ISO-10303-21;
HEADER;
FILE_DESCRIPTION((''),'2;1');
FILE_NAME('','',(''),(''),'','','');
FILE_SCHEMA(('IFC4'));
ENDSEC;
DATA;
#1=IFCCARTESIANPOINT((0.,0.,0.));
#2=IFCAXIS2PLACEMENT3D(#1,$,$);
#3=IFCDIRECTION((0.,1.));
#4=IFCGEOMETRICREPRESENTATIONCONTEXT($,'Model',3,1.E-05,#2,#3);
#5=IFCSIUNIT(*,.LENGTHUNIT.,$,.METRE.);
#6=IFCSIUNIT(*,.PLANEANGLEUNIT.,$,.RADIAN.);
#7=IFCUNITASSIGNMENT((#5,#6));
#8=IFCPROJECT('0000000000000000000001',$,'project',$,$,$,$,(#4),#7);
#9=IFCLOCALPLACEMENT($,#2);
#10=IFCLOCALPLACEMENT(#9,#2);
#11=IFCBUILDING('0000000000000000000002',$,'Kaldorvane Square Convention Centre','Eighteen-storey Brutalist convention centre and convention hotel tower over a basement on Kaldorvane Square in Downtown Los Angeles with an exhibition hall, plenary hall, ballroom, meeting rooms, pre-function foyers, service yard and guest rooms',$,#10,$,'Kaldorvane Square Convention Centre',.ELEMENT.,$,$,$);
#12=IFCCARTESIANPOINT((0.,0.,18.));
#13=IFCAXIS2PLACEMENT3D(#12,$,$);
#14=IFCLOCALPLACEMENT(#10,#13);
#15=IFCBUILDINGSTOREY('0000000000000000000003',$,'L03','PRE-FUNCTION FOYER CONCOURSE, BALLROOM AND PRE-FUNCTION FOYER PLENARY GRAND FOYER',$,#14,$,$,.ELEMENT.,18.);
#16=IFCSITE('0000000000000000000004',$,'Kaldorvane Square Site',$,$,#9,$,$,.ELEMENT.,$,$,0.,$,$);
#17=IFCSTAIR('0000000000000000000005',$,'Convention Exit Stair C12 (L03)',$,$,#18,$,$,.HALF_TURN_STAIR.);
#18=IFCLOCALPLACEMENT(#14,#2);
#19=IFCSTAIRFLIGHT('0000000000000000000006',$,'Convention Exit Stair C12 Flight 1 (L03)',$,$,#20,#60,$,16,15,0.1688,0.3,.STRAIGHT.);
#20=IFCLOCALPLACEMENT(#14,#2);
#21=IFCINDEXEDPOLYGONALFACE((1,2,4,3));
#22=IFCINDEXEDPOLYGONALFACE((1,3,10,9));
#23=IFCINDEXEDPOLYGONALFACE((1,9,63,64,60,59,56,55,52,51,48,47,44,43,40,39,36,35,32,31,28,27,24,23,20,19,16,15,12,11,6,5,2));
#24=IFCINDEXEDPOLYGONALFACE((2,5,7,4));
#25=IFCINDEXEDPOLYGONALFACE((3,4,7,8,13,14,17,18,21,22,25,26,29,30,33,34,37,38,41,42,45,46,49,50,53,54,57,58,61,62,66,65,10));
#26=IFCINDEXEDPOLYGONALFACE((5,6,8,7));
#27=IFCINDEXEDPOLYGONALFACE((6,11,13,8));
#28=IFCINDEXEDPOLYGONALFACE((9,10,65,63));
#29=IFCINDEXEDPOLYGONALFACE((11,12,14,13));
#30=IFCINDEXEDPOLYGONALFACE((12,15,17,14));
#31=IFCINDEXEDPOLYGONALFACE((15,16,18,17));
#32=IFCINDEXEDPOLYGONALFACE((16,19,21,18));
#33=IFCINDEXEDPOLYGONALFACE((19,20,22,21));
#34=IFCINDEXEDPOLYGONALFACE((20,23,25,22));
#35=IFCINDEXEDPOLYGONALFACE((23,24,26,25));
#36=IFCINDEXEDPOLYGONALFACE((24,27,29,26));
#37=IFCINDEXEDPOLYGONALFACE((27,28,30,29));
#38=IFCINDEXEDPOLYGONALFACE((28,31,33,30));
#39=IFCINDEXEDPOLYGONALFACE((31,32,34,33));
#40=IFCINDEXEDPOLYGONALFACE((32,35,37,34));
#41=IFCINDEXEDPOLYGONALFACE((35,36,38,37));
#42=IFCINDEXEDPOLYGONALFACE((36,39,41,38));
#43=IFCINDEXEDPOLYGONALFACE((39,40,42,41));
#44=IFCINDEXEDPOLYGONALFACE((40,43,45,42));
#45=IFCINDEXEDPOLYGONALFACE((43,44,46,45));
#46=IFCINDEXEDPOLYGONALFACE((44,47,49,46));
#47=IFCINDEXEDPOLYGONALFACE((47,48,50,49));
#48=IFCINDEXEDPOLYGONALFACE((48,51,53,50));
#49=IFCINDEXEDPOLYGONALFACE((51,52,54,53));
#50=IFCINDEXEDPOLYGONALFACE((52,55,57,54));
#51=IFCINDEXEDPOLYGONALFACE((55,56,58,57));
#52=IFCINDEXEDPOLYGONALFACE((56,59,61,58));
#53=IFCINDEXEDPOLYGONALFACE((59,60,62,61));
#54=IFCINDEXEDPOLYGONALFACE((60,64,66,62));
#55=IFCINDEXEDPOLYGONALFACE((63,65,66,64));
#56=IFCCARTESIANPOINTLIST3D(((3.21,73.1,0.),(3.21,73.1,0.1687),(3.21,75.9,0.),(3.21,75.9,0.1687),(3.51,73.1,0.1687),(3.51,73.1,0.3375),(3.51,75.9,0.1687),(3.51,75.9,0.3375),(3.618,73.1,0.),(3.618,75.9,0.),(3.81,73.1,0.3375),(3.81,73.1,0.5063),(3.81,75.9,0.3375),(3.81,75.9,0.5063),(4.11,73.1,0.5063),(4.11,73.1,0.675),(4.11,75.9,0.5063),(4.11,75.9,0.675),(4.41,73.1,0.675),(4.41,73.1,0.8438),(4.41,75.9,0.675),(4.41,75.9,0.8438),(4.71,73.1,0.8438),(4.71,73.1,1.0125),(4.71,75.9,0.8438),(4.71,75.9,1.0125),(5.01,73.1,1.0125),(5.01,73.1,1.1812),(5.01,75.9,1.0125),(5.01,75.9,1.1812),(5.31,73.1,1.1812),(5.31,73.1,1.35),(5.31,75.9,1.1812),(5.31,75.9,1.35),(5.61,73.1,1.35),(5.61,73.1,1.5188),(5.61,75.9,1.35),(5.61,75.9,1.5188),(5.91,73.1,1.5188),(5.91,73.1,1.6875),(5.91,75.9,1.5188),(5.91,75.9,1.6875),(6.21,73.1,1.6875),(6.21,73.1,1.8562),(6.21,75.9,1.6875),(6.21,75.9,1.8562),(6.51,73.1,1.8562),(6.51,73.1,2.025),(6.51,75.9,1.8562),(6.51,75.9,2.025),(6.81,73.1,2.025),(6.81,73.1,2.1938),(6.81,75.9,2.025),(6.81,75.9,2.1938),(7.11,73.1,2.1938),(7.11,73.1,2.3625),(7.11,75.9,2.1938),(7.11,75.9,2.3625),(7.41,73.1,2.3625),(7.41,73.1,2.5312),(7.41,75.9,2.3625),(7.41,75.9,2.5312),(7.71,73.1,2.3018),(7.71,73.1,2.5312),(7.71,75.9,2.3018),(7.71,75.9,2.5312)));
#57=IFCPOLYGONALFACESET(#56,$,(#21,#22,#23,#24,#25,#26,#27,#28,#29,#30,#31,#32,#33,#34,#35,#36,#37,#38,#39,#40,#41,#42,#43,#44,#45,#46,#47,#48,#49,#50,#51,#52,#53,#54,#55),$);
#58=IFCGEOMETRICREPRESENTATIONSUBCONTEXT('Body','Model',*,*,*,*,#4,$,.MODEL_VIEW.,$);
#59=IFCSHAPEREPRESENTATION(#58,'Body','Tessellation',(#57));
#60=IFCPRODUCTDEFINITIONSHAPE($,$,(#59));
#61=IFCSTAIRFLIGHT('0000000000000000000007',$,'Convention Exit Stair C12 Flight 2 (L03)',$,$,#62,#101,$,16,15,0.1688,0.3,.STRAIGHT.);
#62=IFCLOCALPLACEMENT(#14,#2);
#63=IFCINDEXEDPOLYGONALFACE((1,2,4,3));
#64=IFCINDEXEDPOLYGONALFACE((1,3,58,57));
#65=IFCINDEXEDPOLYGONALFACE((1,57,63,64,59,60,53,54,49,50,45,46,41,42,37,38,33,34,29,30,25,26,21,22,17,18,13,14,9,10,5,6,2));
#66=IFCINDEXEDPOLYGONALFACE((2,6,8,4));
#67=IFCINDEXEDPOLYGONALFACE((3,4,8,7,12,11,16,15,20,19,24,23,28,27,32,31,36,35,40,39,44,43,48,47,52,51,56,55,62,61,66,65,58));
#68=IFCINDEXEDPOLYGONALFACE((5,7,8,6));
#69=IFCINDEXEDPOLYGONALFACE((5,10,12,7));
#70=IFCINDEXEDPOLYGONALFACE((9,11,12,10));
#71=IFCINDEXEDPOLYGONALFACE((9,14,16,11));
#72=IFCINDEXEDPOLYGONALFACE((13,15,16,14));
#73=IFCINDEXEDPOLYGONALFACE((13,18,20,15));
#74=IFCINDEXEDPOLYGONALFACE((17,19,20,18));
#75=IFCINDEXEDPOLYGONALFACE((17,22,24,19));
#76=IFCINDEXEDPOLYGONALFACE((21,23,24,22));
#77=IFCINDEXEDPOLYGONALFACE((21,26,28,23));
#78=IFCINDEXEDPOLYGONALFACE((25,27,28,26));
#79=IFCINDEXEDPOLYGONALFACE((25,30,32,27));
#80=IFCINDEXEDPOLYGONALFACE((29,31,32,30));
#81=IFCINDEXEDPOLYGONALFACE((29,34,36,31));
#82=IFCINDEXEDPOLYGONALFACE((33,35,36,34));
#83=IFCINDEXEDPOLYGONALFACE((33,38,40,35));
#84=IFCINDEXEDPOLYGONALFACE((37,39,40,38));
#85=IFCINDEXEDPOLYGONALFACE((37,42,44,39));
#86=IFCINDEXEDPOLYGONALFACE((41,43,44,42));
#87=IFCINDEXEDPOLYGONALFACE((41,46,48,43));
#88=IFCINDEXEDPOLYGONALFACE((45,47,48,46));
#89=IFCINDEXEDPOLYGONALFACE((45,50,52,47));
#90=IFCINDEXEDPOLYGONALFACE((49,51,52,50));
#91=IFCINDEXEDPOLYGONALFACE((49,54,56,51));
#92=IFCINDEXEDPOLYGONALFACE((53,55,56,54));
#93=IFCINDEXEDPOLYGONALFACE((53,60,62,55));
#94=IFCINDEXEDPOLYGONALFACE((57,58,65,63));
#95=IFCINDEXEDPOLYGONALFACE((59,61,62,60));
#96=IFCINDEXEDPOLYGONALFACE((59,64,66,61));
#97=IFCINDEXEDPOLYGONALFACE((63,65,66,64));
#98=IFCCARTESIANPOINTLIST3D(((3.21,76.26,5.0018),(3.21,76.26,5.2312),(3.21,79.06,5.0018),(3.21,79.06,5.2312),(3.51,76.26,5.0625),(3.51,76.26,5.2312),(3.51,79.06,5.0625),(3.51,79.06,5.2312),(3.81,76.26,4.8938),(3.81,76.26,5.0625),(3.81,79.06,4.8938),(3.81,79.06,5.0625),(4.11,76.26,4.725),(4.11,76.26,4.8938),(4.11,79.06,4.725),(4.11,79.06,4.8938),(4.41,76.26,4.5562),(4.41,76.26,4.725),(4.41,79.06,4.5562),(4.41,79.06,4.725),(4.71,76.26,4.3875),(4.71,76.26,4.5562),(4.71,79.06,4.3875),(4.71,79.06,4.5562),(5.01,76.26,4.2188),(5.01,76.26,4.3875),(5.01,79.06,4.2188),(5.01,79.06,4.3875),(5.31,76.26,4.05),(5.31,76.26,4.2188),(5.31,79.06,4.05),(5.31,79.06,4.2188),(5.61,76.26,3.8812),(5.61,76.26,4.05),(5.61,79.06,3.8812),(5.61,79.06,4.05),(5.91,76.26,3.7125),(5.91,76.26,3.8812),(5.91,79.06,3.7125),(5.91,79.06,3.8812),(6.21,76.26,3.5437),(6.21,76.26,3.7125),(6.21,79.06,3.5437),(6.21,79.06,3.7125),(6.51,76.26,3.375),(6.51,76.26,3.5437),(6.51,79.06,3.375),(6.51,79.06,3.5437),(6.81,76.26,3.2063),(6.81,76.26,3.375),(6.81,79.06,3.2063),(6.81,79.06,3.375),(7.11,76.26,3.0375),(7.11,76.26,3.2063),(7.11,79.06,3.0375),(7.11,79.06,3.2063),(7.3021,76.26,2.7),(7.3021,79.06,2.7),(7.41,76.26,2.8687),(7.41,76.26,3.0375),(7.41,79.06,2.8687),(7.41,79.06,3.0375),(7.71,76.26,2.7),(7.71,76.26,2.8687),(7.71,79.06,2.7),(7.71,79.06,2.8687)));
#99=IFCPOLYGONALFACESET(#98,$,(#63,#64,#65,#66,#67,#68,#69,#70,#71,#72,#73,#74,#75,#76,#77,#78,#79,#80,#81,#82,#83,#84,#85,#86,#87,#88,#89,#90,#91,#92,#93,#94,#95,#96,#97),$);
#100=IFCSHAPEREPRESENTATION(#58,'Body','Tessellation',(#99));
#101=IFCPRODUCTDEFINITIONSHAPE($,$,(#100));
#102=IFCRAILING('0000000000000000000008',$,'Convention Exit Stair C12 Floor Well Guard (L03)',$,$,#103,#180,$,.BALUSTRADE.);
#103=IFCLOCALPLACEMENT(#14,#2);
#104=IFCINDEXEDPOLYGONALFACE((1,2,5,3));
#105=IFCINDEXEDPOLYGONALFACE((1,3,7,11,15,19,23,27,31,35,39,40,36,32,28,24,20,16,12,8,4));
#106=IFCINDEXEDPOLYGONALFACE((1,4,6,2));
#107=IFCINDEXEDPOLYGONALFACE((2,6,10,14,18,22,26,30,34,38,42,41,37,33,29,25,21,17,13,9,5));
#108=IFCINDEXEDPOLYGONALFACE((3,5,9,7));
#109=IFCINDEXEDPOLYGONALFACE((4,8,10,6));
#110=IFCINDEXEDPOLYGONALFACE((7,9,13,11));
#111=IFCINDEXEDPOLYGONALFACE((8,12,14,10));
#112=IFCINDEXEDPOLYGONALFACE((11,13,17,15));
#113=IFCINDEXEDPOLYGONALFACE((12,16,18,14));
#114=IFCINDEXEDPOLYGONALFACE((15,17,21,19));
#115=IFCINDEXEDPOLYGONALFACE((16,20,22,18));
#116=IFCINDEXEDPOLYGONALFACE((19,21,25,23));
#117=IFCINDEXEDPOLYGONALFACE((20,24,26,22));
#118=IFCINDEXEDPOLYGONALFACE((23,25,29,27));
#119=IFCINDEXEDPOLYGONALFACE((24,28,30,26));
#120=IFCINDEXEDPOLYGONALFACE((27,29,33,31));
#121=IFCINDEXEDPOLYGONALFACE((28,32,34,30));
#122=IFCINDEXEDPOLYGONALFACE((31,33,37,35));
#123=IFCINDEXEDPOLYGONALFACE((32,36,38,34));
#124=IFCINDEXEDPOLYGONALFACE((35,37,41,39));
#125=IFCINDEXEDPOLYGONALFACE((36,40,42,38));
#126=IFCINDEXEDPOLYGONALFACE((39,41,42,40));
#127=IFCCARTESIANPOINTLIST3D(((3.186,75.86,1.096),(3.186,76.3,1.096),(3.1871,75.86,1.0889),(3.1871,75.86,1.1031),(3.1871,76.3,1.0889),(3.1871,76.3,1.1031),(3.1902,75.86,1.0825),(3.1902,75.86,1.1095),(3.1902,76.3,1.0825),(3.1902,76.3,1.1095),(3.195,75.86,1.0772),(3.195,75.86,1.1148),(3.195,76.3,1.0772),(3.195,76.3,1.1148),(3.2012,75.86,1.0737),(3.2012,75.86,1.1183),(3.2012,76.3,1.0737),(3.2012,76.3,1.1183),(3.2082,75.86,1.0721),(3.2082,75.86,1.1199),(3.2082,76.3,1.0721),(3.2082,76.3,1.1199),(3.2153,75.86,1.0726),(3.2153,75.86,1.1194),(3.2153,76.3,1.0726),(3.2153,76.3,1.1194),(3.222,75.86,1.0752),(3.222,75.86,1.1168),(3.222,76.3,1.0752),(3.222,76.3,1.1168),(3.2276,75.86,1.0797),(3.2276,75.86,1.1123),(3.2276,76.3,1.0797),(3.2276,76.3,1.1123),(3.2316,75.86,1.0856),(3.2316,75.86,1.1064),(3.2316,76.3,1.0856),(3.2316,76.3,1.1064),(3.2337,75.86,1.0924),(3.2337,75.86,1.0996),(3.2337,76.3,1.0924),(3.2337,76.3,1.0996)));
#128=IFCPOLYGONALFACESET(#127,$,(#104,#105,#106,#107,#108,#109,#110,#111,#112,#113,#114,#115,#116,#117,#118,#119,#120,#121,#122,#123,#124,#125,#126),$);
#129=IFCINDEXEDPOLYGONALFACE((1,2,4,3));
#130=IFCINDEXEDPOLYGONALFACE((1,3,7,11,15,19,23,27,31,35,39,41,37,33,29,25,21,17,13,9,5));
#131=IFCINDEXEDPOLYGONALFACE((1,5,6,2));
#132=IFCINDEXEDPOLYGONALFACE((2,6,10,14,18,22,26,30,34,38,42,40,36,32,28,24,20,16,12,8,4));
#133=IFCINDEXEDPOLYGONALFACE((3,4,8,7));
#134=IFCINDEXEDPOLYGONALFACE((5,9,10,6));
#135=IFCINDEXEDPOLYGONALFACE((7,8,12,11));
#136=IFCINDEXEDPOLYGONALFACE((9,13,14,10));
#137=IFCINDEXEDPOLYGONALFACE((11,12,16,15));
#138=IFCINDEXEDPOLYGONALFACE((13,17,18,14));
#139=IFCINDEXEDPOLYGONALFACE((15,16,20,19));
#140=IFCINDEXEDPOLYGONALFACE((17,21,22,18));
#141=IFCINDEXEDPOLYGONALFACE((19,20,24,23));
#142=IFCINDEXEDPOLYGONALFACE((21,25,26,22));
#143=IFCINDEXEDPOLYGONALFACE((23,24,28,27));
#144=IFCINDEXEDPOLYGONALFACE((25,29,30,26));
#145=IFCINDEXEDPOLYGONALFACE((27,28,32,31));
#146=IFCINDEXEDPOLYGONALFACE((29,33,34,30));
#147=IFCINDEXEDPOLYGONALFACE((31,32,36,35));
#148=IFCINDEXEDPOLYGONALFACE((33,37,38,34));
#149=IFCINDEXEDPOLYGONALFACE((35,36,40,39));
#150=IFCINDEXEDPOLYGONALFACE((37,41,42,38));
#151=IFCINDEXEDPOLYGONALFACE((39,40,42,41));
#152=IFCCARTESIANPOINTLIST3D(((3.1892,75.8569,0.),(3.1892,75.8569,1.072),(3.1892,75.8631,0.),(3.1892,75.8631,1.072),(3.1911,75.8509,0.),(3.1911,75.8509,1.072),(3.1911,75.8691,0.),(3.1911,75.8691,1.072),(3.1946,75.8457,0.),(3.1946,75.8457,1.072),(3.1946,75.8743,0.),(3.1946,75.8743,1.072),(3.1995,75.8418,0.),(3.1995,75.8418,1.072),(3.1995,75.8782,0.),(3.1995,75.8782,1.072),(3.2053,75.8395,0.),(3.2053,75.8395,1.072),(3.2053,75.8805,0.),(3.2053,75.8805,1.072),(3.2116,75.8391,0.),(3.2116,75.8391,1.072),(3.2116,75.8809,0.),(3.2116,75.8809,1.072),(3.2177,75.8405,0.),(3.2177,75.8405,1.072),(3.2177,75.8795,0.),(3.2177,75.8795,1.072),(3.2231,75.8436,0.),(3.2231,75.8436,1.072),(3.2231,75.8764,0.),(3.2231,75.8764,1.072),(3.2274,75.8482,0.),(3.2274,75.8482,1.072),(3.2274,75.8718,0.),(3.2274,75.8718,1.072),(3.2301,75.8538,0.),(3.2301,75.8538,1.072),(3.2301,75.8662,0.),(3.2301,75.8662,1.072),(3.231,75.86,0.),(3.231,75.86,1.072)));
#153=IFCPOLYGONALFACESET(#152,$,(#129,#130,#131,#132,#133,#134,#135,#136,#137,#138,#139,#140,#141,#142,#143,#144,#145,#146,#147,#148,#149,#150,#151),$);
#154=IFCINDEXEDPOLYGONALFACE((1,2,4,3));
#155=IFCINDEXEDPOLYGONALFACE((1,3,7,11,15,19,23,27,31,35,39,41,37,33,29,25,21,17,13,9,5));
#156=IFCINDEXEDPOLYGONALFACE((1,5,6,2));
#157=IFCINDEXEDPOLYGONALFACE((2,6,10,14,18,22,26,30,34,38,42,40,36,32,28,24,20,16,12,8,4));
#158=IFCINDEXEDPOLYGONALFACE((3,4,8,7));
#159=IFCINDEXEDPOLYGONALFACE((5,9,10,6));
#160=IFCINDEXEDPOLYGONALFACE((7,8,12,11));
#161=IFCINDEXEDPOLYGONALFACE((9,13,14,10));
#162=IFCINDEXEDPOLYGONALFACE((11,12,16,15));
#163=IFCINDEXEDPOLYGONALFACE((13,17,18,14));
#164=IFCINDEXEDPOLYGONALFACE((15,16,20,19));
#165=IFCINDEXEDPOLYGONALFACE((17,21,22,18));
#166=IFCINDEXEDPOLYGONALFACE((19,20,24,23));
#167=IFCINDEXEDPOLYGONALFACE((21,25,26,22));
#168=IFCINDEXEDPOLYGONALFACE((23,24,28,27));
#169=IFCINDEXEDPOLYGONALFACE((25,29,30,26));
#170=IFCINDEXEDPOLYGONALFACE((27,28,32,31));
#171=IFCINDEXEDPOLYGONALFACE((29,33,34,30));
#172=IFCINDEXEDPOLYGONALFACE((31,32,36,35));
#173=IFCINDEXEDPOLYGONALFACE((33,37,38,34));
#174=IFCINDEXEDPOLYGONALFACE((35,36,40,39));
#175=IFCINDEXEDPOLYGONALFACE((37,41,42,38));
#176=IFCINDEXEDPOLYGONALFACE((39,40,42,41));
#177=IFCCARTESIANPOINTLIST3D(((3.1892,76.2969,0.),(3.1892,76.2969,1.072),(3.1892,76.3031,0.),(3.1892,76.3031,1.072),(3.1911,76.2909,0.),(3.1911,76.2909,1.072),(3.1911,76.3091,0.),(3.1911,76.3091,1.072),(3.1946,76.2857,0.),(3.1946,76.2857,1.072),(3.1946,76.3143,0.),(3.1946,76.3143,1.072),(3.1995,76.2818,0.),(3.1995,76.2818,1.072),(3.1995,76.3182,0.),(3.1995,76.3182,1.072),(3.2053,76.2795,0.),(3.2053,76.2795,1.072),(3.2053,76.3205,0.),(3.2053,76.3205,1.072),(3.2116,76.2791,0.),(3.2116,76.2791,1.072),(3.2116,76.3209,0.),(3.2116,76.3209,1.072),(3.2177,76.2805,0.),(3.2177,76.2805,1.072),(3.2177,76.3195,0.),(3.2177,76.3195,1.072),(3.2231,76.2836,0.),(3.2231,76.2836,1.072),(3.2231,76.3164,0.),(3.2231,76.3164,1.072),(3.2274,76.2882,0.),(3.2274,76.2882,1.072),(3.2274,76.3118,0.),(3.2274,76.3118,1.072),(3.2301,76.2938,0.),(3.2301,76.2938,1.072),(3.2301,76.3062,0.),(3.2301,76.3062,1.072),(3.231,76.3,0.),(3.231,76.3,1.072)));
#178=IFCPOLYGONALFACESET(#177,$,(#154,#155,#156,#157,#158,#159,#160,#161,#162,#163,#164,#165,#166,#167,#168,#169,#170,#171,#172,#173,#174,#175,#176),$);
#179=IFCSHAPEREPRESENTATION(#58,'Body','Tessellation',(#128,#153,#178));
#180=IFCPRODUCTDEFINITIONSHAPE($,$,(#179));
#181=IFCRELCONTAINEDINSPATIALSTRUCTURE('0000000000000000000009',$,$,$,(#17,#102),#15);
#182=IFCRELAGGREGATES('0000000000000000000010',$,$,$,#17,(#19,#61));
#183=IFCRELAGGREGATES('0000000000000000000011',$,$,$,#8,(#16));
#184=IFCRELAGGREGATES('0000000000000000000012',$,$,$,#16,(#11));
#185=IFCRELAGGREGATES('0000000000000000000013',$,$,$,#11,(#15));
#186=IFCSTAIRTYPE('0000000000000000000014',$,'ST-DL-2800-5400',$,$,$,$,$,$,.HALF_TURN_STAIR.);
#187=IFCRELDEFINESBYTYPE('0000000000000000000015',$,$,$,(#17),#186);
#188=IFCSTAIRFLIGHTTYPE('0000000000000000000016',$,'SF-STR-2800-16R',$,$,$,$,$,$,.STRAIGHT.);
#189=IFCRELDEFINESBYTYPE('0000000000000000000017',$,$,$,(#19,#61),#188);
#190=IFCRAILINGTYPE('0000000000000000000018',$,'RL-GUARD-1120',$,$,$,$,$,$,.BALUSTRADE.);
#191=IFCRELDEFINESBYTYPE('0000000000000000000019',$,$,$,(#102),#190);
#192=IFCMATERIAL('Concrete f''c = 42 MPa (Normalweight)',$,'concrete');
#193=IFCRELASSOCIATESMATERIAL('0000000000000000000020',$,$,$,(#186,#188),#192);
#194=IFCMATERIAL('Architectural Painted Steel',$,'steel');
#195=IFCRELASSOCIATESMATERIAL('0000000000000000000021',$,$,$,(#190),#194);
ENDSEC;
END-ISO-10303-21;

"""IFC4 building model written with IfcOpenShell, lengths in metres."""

from ifc_helpers import new_model, si_unit, direction, frame, origin, origin_2d, place, context, subcontext, project, spatial, polyline, circle, outline, extrude, material, type_object, element, aggregate, save


model = new_model("IFC4")

# Units and contexts
model_context = context("Model", 3, precision=1e-05, world=origin(), true_north=direction((0.0, 1.0)))
body_context = subcontext(model_context, "Body", "Model", "MODEL_VIEW")
ifc_project = project(units=[si_unit("LENGTHUNIT", "METRE"), si_unit("PLANEANGLEUNIT", "RADIAN")], contexts=[model_context])

# Site, building, storey
site_placement = place(None, origin())
site = spatial("IfcSite", under=ifc_project, at=site_placement, Name="Kaldorvane Square Site", CompositionType="ELEMENT", RefElevation=0.0)
building_placement = place(site_placement, origin())
building = spatial("IfcBuilding", under=site, at=building_placement, Name="Kaldorvane Square Convention Centre", Description="Eighteen-storey Brutalist convention centre and convention hotel tower over a basement on Kaldorvane Square in Downtown Los Angeles with an exhibition hall, plenary hall, ballroom, meeting rooms, pre-function foyers, service yard and guest rooms", LongName="Kaldorvane Square Convention Centre", CompositionType="ELEMENT")
storey_placement = place(building_placement, frame((0.0, 0.0, 18.0)))
storey = spatial("IfcBuildingStorey", under=building, at=storey_placement, Name="L03", Description="PRE-FUNCTION FOYER CONCOURSE, BALLROOM AND PRE-FUNCTION FOYER PLENARY GRAND FOYER", CompositionType="ELEMENT", Elevation=18.0)

# Shared definitions
ifc_material_1 = material(Name="Concrete f'c = 42 MPa (Normalweight)", Category="concrete")

# Stair, stair flights
stair_type = type_object("IfcStairType", Name="ST-DL-2800-5400", PredefinedType="HALF_TURN_STAIR", material=ifc_material_1)
stair_placement = place(storey_placement, origin())
stair = element("IfcStair", 1, at=stair_placement, inside=storey, type_object=stair_type, Name="Convention Exit Stair C12 (L03)", PredefinedType="HALF_TURN_STAIR")
stair_flight_type = type_object("IfcStairFlightType", Name="SF-STR-2800-16R", PredefinedType="STRAIGHT", material=ifc_material_1)
stair_flight_1_placement = place(storey_placement, frame((3.21, 74.5, 0.0), z_axis=(0.0, 0.0, 1.0), x_axis=(1.0, 0.0, 0.0)))
stair_flight_1 = element("IfcStairFlight", 2, at=stair_flight_1_placement, type_object=stair_flight_type, Name="Convention Exit Stair C12 Flight 1 (L03)", NumberOfRisers=16, NumberOfTreads=15, PredefinedType="STRAIGHT", RiserHeight=0.1688, TreadLength=0.3, context=body_context, shape_type="SweptSolid", body=[
    extrude(outline(polyline([(0.0, 0.0), (0.0, 0.1687), (0.3, 0.1687), (0.3, 0.3375), (0.6, 0.3375), (0.6, 0.5063), (0.9, 0.5063), (0.9, 0.675), (1.2, 0.675), (1.2, 0.8438), (1.5, 0.8438), (1.5, 1.0125), (1.8, 1.0125), (1.8, 1.1812), (2.1, 1.1812), (2.1, 1.35), (2.4, 1.35), (2.4, 1.5188), (2.7, 1.5188), (2.7, 1.6875), (3.0, 1.6875), (3.0, 1.8562), (3.3, 1.8562), (3.3, 2.025), (3.6, 2.025), (3.6, 2.1938), (3.9, 2.1938), (3.9, 2.3625), (4.2, 2.3625), (4.2, 2.5312), (4.5, 2.5312), (4.5, 2.7), (4.5, 2.3018), (0.4079, 0.0), (0.0, 0.0)])), frame((0.0, 1.4, 0.0), z_axis=(0.0, -1.0, 0.0), x_axis=(1.0, 0.0, 0.0)), (0.0, 0.0, 1.0), 2.8),
])
stair_flight_2_placement = place(storey_placement, frame((7.71, 77.66, 2.7), z_axis=(0.0, 0.0, 1.0), x_axis=(-1.0, 0.0, 0.0)))
stair_flight_2 = element("IfcStairFlight", 3, at=stair_flight_2_placement, type_object=stair_flight_type, Name="Convention Exit Stair C12 Flight 2 (L03)", NumberOfRisers=16, NumberOfTreads=15, PredefinedType="STRAIGHT", RiserHeight=0.1688, TreadLength=0.3, context=body_context, shape_type="SweptSolid", body=[
    extrude(outline(polyline([(0.0, 0.0), (0.0, 0.1687), (0.3, 0.1687), (0.3, 0.3375), (0.6, 0.3375), (0.6, 0.5063), (0.9, 0.5063), (0.9, 0.675), (1.2, 0.675), (1.2, 0.8438), (1.5, 0.8438), (1.5, 1.0125), (1.8, 1.0125), (1.8, 1.1812), (2.1, 1.1812), (2.1, 1.35), (2.4, 1.35), (2.4, 1.5188), (2.7, 1.5188), (2.7, 1.6875), (3.0, 1.6875), (3.0, 1.8562), (3.3, 1.8562), (3.3, 2.025), (3.6, 2.025), (3.6, 2.1938), (3.9, 2.1938), (3.9, 2.3625), (4.2, 2.3625), (4.2, 2.5312), (4.5, 2.5312), (4.5, 2.7), (4.5, 2.3018), (0.4079, 0.0), (0.0, 0.0)])), frame((0.0, 1.4, 0.0), z_axis=(0.0, -1.0, 0.0), x_axis=(1.0, 0.0, 0.0)), (0.0, 0.0, 1.0), 2.8),
])
aggregate(stair, [stair_flight_1, stair_flight_2])

# Railing
ifc_material_2 = material(Name="Architectural Painted Steel", Category="steel")
railing_type_1 = type_object("IfcRailingType", Name="RL-GUARD-1120", PredefinedType="BALUSTRADE", material=ifc_material_2)
for number, where, name in (
    (4, (3.21, 75.86, 0.0), "Convention Exit Stair C12 Floor Well Guard (L03)"),
):
    element("IfcRailing", number, at=place(storey_placement, frame(where)), inside=storey, type_object=railing_type_1, Name=name, PredefinedType="BALUSTRADE", context=body_context, shape_type="SweptSolid", body=[
        extrude(circle(Radius=0.024, at=origin_2d()), frame((0.0, 0.0, 1.096), z_axis=(0.0, 1.0, 0.0), x_axis=(-1.0, 0.0, 0.0)), (0.0, 0.0, 1.0), 0.44),
        extrude(circle(Radius=0.021, at=origin_2d()), origin(), (0.0, 0.0, 1.0), 1.072),
        extrude(circle(Radius=0.021, at=origin_2d()), frame((0.0, 0.44, 0.0)), (0.0, 0.0, 1.0), 1.072),
    ])

save(model, "model.ifc")
